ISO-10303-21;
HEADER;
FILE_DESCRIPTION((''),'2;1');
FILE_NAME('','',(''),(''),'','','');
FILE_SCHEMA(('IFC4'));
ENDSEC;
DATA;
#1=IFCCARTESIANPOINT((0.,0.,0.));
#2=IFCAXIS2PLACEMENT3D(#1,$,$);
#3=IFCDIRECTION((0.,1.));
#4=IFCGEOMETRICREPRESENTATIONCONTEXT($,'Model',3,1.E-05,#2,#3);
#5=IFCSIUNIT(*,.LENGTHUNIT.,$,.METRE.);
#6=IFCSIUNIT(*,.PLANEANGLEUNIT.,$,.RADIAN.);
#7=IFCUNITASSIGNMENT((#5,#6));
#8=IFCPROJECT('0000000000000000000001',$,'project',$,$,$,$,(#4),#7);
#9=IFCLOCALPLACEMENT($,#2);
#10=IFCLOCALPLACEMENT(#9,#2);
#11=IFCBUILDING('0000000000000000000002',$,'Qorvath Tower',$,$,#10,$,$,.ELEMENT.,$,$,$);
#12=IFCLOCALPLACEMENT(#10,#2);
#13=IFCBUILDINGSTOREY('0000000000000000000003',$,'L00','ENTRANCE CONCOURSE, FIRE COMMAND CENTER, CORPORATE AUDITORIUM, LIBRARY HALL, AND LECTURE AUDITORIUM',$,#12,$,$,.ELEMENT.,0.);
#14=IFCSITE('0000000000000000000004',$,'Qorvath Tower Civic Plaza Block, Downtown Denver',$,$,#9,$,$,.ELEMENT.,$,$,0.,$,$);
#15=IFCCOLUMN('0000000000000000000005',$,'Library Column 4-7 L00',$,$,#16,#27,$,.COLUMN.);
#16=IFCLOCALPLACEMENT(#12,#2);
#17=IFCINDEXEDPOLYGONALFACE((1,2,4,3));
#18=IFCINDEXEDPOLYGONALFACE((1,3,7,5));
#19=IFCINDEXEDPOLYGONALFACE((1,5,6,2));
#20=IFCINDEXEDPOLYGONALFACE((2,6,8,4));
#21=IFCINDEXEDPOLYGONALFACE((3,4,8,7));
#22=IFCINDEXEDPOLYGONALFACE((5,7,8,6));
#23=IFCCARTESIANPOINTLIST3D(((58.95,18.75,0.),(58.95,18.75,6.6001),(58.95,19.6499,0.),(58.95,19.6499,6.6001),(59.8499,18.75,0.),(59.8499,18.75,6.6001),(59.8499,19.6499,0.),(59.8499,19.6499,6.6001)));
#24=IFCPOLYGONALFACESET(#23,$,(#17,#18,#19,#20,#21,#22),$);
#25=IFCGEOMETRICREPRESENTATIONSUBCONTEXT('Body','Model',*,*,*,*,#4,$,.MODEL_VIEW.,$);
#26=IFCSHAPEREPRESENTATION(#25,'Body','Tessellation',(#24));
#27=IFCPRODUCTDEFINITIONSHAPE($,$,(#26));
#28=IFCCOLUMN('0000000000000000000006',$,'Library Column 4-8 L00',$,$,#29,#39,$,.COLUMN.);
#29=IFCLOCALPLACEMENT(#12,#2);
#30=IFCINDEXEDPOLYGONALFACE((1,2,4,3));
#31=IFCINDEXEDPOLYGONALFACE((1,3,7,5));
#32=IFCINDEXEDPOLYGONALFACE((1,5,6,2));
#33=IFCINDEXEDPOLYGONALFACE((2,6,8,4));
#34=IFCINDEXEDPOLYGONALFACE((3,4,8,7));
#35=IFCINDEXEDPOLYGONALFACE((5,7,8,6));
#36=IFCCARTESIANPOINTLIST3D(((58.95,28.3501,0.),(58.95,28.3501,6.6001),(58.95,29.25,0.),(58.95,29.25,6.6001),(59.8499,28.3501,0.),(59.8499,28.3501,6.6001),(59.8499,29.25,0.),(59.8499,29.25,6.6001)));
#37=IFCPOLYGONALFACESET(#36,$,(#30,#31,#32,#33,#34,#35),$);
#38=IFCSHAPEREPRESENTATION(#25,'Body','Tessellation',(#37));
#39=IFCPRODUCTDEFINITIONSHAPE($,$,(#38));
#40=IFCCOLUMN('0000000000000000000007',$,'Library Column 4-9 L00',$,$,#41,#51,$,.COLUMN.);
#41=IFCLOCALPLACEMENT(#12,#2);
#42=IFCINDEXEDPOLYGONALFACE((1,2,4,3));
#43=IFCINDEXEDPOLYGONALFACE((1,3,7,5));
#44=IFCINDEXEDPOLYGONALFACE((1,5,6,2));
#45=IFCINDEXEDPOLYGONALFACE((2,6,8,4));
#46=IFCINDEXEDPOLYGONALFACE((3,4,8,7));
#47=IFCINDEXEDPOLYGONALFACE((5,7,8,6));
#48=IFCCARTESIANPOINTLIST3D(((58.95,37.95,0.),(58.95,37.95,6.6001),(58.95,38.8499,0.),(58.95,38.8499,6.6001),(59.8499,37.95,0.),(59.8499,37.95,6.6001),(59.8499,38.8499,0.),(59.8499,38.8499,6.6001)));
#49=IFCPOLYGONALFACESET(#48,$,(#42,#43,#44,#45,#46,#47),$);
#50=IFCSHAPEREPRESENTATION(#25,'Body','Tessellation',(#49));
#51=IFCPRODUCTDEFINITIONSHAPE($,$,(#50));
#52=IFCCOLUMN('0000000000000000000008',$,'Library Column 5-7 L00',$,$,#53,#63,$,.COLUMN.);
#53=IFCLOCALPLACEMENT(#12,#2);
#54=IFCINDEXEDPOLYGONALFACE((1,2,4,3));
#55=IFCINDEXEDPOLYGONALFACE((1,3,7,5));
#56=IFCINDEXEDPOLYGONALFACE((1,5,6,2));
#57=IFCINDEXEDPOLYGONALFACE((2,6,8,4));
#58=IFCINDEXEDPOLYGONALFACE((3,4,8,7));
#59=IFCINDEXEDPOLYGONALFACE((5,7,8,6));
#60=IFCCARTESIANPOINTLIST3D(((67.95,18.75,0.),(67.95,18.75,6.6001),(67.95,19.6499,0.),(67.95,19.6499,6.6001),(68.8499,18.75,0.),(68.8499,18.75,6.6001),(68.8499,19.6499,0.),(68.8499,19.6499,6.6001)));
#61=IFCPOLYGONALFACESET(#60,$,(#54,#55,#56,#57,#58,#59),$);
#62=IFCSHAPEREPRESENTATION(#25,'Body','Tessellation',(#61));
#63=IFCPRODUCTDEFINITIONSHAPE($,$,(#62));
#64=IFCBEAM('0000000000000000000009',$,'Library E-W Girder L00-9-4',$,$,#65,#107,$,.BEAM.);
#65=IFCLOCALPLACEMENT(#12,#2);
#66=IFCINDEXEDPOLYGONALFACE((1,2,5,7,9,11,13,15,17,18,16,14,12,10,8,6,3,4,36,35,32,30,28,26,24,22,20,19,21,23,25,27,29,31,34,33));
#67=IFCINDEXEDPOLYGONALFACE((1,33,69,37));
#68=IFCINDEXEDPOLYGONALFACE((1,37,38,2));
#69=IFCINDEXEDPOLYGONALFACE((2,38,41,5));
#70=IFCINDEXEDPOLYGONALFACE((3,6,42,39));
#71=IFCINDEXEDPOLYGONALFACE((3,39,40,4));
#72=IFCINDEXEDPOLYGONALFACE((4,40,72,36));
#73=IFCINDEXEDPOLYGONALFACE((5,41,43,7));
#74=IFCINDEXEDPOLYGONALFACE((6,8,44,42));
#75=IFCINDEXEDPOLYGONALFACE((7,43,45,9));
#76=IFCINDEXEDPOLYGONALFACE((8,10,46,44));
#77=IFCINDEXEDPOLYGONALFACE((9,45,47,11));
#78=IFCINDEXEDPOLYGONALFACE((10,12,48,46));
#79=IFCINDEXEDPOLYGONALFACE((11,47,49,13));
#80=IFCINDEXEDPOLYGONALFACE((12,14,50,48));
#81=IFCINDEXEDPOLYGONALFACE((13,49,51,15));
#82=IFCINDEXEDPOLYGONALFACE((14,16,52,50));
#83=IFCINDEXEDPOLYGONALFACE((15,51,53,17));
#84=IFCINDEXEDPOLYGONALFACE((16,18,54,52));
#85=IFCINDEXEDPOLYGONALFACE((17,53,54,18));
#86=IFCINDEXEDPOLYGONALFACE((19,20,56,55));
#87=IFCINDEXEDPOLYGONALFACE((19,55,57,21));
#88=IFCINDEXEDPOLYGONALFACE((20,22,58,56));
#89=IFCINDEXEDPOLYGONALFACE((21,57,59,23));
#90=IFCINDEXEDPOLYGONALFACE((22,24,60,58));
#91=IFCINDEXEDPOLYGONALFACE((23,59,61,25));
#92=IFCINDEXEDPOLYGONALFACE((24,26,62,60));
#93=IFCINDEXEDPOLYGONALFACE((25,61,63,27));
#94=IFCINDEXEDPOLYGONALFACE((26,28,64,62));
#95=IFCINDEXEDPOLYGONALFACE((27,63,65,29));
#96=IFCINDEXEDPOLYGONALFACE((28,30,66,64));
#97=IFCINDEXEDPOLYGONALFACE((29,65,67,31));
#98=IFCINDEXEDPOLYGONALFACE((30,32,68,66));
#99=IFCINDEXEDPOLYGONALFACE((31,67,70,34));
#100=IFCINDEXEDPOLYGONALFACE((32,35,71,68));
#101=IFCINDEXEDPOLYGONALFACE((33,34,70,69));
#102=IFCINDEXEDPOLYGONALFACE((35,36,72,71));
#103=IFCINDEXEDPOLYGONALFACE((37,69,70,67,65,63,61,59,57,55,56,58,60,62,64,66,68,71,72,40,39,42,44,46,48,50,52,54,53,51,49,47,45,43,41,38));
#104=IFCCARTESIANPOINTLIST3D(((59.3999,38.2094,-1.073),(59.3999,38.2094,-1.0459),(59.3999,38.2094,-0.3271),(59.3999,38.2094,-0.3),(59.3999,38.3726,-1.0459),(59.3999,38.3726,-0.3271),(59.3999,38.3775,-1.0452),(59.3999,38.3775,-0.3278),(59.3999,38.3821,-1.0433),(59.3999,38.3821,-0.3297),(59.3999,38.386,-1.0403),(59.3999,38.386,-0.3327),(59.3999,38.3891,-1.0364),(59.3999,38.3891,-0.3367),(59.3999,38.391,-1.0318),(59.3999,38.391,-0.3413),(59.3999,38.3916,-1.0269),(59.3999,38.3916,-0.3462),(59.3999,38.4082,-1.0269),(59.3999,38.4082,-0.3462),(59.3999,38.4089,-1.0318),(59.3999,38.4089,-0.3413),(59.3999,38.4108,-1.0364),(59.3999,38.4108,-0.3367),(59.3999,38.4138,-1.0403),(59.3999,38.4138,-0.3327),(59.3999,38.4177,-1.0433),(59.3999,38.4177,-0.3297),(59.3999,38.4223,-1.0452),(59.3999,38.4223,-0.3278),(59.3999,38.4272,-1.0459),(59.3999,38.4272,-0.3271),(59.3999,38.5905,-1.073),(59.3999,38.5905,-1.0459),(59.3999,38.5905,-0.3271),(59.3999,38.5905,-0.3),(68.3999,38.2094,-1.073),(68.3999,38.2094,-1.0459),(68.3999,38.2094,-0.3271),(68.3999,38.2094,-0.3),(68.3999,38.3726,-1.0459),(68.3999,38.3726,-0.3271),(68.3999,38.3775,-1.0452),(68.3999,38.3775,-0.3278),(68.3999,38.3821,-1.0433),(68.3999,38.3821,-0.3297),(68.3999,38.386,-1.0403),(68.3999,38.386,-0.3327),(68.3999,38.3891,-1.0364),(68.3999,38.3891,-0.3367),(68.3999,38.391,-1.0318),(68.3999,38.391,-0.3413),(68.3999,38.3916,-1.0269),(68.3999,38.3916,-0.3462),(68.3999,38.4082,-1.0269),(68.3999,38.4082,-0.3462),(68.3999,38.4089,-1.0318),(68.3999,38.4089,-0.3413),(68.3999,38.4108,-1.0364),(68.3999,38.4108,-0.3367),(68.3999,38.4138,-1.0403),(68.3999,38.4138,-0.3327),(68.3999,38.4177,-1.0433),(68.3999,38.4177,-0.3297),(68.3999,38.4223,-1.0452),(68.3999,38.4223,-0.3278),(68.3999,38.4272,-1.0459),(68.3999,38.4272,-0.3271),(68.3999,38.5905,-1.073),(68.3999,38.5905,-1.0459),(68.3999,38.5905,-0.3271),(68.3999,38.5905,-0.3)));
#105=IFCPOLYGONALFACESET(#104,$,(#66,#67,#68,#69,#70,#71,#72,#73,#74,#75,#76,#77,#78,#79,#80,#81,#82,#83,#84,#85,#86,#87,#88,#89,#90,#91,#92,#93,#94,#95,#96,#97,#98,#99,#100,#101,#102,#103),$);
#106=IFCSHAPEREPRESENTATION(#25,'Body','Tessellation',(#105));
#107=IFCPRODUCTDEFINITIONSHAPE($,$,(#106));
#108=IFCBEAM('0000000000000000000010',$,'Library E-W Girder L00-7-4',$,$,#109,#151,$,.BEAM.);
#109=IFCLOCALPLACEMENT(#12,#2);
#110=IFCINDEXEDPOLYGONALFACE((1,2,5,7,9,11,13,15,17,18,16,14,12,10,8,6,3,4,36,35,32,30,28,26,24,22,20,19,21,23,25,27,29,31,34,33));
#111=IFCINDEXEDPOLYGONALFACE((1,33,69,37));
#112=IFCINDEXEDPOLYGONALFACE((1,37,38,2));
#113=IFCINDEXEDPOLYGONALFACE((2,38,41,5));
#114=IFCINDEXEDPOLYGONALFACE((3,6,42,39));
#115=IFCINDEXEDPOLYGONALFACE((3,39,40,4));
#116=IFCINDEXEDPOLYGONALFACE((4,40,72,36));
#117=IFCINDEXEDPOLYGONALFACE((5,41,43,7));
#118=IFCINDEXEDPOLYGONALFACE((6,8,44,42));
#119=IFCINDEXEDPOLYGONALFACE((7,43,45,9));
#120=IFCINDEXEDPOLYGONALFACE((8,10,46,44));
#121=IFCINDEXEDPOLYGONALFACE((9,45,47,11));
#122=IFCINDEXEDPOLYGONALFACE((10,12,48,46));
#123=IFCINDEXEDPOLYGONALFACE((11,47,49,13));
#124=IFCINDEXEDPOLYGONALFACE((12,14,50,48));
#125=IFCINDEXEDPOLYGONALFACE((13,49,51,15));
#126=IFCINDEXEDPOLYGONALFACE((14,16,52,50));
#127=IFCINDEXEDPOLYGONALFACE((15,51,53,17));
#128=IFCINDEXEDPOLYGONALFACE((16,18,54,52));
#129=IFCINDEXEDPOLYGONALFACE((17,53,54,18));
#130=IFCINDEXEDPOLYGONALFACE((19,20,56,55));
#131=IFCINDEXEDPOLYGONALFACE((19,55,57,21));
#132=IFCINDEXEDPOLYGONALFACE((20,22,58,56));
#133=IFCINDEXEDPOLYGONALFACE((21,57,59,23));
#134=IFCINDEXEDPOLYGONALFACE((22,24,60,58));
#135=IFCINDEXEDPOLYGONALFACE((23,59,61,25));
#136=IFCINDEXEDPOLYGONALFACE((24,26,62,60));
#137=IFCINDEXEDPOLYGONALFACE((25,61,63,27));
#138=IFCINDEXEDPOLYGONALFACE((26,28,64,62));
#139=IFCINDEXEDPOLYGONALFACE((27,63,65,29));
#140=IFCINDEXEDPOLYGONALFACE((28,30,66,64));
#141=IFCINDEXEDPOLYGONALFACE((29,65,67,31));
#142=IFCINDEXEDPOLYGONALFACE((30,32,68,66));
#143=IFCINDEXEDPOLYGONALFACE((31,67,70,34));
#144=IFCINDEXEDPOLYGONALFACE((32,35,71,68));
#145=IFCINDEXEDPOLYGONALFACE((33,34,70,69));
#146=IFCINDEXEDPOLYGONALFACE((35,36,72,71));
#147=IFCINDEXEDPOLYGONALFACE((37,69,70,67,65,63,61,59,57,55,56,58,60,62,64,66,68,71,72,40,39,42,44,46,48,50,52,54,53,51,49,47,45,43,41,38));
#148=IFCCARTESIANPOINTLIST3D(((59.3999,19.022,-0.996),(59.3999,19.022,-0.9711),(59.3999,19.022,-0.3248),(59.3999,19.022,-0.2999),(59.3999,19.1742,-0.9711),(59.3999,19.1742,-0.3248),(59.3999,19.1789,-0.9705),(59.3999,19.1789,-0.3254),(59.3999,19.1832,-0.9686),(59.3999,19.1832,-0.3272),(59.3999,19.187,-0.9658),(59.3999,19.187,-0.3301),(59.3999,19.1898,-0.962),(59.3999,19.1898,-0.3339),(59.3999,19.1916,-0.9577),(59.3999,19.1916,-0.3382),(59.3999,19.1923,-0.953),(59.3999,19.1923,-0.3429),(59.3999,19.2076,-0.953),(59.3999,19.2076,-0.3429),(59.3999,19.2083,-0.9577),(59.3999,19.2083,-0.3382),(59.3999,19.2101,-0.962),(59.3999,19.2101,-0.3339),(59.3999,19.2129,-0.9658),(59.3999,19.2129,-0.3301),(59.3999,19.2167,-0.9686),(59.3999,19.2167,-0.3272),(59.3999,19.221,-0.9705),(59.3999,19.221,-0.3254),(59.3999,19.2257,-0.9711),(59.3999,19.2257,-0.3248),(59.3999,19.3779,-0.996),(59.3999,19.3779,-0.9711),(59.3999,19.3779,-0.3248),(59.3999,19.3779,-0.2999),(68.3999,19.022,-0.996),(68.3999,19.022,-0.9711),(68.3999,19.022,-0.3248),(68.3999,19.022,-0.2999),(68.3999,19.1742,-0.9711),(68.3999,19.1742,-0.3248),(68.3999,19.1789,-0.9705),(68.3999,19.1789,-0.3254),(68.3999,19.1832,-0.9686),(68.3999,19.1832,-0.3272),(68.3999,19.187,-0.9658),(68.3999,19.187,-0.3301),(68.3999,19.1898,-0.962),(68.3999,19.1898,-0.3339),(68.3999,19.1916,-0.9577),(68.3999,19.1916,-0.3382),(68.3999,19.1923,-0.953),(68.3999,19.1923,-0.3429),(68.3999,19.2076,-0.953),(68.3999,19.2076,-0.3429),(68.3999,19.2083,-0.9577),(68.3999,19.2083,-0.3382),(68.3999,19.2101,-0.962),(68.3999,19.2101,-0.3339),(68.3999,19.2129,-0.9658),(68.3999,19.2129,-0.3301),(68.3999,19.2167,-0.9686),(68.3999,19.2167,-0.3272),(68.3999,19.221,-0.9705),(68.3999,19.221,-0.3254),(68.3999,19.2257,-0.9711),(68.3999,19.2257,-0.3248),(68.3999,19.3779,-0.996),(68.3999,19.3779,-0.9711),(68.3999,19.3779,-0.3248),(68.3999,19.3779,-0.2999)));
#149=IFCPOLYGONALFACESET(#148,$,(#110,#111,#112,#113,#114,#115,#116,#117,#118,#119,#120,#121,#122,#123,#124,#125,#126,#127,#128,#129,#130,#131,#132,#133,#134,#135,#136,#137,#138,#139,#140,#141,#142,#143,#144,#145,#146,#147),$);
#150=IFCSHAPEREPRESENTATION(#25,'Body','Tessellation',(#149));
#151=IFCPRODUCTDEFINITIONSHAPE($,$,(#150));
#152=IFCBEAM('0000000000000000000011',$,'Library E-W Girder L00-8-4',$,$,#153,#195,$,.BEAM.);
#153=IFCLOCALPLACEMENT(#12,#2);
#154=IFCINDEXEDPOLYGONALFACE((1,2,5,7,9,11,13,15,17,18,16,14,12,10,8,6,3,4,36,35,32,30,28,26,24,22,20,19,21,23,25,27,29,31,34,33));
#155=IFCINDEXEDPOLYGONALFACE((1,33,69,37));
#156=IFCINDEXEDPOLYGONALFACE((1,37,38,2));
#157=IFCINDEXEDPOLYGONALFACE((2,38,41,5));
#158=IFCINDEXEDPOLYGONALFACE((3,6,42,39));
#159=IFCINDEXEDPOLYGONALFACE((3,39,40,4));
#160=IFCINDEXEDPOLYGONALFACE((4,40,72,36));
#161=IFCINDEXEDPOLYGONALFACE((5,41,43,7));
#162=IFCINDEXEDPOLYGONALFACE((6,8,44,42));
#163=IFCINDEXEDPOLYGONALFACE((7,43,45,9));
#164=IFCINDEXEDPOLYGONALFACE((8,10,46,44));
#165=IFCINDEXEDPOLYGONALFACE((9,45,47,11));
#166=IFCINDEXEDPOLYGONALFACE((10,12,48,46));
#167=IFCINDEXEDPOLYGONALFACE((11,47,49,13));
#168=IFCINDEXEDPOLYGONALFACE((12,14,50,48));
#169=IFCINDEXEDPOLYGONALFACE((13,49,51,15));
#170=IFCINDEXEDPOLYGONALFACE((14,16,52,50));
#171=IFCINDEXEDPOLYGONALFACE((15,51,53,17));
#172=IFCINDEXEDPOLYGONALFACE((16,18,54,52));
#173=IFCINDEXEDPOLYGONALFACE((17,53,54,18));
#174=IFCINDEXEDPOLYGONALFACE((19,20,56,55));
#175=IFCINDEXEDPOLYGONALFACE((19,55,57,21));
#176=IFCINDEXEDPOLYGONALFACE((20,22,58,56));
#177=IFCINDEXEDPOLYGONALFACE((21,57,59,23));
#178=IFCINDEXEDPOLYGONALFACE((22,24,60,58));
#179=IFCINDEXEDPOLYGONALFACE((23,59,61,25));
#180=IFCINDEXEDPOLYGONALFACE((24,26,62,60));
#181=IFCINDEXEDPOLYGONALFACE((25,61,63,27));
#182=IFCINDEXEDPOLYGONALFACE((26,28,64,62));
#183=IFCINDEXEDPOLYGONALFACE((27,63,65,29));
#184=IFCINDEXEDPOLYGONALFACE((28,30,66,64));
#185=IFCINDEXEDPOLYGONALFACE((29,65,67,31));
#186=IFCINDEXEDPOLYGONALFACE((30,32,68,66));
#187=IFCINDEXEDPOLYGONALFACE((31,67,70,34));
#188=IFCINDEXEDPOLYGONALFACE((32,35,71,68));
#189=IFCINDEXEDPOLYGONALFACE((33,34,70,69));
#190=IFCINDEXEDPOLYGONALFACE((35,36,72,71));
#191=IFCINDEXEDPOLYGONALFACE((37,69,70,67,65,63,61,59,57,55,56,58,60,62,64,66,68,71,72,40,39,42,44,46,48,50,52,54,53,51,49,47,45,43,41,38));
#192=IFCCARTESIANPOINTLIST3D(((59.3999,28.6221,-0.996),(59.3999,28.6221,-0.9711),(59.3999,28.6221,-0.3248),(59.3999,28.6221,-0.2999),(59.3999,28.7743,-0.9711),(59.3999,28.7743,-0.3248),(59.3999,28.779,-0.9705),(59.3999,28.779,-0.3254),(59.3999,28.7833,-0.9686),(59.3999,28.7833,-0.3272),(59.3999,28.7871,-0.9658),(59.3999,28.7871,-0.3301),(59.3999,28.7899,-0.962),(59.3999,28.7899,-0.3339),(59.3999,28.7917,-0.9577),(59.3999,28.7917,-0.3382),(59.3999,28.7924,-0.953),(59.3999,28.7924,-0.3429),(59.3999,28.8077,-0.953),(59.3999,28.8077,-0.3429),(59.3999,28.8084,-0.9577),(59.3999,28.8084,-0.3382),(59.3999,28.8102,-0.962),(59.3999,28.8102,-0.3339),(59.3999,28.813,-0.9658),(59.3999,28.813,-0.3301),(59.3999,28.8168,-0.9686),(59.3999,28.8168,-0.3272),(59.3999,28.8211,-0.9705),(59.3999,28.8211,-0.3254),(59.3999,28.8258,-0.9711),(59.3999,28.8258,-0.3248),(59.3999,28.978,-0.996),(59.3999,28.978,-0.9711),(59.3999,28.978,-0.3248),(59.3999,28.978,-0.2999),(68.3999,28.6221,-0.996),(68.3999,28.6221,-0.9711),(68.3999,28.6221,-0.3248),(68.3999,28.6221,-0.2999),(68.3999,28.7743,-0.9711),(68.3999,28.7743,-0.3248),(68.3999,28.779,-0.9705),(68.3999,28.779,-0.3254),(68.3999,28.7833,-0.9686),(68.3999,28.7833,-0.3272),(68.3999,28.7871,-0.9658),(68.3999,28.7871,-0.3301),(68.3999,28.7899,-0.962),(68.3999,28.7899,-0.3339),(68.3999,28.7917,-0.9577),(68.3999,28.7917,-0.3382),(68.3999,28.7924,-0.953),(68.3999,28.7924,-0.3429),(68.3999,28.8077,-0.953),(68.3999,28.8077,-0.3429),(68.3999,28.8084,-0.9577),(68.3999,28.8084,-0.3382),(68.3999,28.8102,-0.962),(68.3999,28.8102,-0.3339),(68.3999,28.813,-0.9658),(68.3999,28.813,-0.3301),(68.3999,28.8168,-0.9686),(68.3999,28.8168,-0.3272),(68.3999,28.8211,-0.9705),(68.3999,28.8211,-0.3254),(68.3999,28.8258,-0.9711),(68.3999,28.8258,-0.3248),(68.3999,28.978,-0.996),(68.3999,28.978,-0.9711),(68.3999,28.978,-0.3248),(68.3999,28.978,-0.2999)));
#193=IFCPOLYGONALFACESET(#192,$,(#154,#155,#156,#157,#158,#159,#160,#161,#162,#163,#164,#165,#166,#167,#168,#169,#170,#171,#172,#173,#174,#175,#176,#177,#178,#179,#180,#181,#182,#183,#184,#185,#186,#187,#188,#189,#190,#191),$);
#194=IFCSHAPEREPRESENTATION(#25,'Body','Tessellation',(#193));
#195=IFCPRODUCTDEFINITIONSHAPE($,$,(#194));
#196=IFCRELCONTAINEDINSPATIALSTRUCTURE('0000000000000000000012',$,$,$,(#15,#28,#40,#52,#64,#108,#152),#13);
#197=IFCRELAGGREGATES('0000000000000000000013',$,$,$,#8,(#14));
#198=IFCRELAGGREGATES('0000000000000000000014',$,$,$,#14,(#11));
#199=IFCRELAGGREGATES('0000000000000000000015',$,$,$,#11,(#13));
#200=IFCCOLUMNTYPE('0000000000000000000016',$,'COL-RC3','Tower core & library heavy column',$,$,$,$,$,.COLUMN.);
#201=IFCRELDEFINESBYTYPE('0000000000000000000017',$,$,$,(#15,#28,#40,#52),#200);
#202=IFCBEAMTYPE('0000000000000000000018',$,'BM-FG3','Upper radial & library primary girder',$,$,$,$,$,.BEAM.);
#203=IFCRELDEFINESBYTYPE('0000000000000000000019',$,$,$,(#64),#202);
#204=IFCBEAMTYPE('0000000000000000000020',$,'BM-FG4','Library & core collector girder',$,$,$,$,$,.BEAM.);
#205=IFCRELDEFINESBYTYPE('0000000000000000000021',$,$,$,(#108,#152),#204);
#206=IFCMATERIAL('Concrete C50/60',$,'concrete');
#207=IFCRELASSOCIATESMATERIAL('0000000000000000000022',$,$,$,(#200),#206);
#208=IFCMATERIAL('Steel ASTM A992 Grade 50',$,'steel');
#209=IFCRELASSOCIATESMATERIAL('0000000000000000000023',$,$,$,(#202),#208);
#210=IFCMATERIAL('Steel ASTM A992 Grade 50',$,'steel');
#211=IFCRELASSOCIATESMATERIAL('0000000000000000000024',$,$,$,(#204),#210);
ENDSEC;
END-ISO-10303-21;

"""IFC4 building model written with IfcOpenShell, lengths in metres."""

from ifc_helpers import new_model, si_unit, direction, frame, origin, origin_2d, place, context, subcontext, project, spatial, rectangle, i_section, extrude, material, material_profile, profile_set, type_object, element, save


model = new_model("IFC4")

# Units and contexts
model_context = context("Model", 3, precision=1e-05, world=origin(), true_north=direction((0.0, 1.0)))
body_context = subcontext(model_context, "Body", "Model", "MODEL_VIEW")
ifc_project = project(units=[si_unit("LENGTHUNIT", "METRE"), si_unit("PLANEANGLEUNIT", "RADIAN")], contexts=[model_context])

# Site, building, storey
site_placement = place(None, origin())
site = spatial("IfcSite", under=ifc_project, at=site_placement, Name="Qorvath Tower Civic Plaza Block, Downtown Denver", CompositionType="ELEMENT", RefElevation=0.0)
building_placement = place(site_placement, origin())
building = spatial("IfcBuilding", under=site, at=building_placement, Name="Qorvath Tower", CompositionType="ELEMENT")
storey_placement = place(building_placement, origin())
storey = spatial("IfcBuildingStorey", under=building, at=storey_placement, Name="L00", Description="ENTRANCE CONCOURSE, FIRE COMMAND CENTER, CORPORATE AUDITORIUM, LIBRARY HALL, AND LECTURE AUDITORIUM", CompositionType="ELEMENT", Elevation=0.0)

# Columns
ifc_material_1 = material(Name="Concrete C50/60", Category="concrete")
ifc_material_profile_1 = material_profile(ifc_material_1, rectangle(XDim=0.8999, YDim=0.8999, at=origin_2d()), Name="RC 900x900")
ifc_profile_set_1 = profile_set([ifc_material_profile_1], Name="Concrete C50/60")
column_type = type_object("IfcColumnType", Name="COL-RC3", Description="Tower core & library heavy column", PredefinedType="COLUMN", material=ifc_profile_set_1)
for number, where, z_axis, x_axis, name in (
    (1, (59.3999, 19.2, 0.0), (0.0, 0.0, 1.0), (1.0, 0.0, 0.0), "Library Column 4-7 L00"),
    (2, (59.3999, 28.8, 0.0), (0.0, 0.0, 1.0), (1.0, 0.0, 0.0), "Library Column 4-8 L00"),
    (3, (59.3999, 38.3999, 0.0), (0.0, 0.0, 1.0), (1.0, 0.0, 0.0), "Library Column 4-9 L00"),
    (4, (68.3999, 19.2, 0.0), (0.0, 0.0, 1.0), (1.0, 0.0, 0.0), "Library Column 5-7 L00"),
):
    element("IfcColumn", number, at=place(storey_placement, frame(where, z_axis=z_axis, x_axis=x_axis)), inside=storey, type_object=column_type, Name=name, PredefinedType="COLUMN", context=body_context, shape_type="SweptSolid", body=[
        extrude(rectangle(XDim=0.8999, YDim=0.8999, at=origin_2d()), origin(), (0.0, 0.0, 1.0), 6.6001),
    ])

# Beams
ifc_material_2 = material(Name="Steel ASTM A992 Grade 50", Category="steel")
ifc_material_profile_2 = material_profile(ifc_material_2, i_section(OverallWidth=0.3811, OverallDepth=0.7729, WebThickness=0.0166, FlangeThickness=0.0271, FilletRadius=0.019, at=origin_2d()), Name="W30x173")
ifc_profile_set_2 = profile_set([ifc_material_profile_2], Name="Steel ASTM A992 Grade 50")
beam_type_1 = type_object("IfcBeamType", Name="BM-FG3", Description="Upper radial & library primary girder", PredefinedType="BEAM", material=ifc_profile_set_2)
beam_1_placement = place(storey_placement, frame((59.3999, 38.3999, -0.6865), z_axis=(1.0, 0.0, 0.0), x_axis=(0.0, 1.0, 0.0)))
element("IfcBeam", 5, at=beam_1_placement, inside=storey, type_object=beam_type_1, Name="Library E-W Girder L00-9-4", PredefinedType="BEAM", context=body_context, shape_type="SweptSolid", body=[
    extrude(i_section(OverallWidth=0.3811, OverallDepth=0.7729, WebThickness=0.0166, FlangeThickness=0.0271, FilletRadius=0.019, at=origin_2d()), origin(), (0.0, 0.0, 1.0), 9.0),
])
ifc_material_3 = material(Name="Steel ASTM A992 Grade 50", Category="steel")
ifc_material_profile_3 = material_profile(ifc_material_3, i_section(OverallWidth=0.356, OverallDepth=0.696, WebThickness=0.0154, FlangeThickness=0.0249, FilletRadius=0.0181, at=origin_2d()), Name="W27x146")
ifc_profile_set_3 = profile_set([ifc_material_profile_3], Name="Steel ASTM A992 Grade 50")
beam_type_2 = type_object("IfcBeamType", Name="BM-FG4", Description="Library & core collector girder", PredefinedType="BEAM", material=ifc_profile_set_3)
for number, where, z_axis, x_axis, name in (
    (6, (59.3999, 19.2, -0.6479), (1.0, 0.0, 0.0), (0.0, 1.0, 0.0), "Library E-W Girder L00-7-4"),
    (7, (59.3999, 28.8, -0.6479), (1.0, 0.0, 0.0), (0.0, 1.0, 0.0), "Library E-W Girder L00-8-4"),
):
    element("IfcBeam", number, at=place(storey_placement, frame(where, z_axis=z_axis, x_axis=x_axis)), inside=storey, type_object=beam_type_2, Name=name, PredefinedType="BEAM", context=body_context, shape_type="SweptSolid", body=[
        extrude(i_section(OverallWidth=0.356, OverallDepth=0.696, WebThickness=0.0154, FlangeThickness=0.0249, FilletRadius=0.0181, at=origin_2d()), origin(), (0.0, 0.0, 1.0), 9.0),
    ])

save(model, "model.ifc")
